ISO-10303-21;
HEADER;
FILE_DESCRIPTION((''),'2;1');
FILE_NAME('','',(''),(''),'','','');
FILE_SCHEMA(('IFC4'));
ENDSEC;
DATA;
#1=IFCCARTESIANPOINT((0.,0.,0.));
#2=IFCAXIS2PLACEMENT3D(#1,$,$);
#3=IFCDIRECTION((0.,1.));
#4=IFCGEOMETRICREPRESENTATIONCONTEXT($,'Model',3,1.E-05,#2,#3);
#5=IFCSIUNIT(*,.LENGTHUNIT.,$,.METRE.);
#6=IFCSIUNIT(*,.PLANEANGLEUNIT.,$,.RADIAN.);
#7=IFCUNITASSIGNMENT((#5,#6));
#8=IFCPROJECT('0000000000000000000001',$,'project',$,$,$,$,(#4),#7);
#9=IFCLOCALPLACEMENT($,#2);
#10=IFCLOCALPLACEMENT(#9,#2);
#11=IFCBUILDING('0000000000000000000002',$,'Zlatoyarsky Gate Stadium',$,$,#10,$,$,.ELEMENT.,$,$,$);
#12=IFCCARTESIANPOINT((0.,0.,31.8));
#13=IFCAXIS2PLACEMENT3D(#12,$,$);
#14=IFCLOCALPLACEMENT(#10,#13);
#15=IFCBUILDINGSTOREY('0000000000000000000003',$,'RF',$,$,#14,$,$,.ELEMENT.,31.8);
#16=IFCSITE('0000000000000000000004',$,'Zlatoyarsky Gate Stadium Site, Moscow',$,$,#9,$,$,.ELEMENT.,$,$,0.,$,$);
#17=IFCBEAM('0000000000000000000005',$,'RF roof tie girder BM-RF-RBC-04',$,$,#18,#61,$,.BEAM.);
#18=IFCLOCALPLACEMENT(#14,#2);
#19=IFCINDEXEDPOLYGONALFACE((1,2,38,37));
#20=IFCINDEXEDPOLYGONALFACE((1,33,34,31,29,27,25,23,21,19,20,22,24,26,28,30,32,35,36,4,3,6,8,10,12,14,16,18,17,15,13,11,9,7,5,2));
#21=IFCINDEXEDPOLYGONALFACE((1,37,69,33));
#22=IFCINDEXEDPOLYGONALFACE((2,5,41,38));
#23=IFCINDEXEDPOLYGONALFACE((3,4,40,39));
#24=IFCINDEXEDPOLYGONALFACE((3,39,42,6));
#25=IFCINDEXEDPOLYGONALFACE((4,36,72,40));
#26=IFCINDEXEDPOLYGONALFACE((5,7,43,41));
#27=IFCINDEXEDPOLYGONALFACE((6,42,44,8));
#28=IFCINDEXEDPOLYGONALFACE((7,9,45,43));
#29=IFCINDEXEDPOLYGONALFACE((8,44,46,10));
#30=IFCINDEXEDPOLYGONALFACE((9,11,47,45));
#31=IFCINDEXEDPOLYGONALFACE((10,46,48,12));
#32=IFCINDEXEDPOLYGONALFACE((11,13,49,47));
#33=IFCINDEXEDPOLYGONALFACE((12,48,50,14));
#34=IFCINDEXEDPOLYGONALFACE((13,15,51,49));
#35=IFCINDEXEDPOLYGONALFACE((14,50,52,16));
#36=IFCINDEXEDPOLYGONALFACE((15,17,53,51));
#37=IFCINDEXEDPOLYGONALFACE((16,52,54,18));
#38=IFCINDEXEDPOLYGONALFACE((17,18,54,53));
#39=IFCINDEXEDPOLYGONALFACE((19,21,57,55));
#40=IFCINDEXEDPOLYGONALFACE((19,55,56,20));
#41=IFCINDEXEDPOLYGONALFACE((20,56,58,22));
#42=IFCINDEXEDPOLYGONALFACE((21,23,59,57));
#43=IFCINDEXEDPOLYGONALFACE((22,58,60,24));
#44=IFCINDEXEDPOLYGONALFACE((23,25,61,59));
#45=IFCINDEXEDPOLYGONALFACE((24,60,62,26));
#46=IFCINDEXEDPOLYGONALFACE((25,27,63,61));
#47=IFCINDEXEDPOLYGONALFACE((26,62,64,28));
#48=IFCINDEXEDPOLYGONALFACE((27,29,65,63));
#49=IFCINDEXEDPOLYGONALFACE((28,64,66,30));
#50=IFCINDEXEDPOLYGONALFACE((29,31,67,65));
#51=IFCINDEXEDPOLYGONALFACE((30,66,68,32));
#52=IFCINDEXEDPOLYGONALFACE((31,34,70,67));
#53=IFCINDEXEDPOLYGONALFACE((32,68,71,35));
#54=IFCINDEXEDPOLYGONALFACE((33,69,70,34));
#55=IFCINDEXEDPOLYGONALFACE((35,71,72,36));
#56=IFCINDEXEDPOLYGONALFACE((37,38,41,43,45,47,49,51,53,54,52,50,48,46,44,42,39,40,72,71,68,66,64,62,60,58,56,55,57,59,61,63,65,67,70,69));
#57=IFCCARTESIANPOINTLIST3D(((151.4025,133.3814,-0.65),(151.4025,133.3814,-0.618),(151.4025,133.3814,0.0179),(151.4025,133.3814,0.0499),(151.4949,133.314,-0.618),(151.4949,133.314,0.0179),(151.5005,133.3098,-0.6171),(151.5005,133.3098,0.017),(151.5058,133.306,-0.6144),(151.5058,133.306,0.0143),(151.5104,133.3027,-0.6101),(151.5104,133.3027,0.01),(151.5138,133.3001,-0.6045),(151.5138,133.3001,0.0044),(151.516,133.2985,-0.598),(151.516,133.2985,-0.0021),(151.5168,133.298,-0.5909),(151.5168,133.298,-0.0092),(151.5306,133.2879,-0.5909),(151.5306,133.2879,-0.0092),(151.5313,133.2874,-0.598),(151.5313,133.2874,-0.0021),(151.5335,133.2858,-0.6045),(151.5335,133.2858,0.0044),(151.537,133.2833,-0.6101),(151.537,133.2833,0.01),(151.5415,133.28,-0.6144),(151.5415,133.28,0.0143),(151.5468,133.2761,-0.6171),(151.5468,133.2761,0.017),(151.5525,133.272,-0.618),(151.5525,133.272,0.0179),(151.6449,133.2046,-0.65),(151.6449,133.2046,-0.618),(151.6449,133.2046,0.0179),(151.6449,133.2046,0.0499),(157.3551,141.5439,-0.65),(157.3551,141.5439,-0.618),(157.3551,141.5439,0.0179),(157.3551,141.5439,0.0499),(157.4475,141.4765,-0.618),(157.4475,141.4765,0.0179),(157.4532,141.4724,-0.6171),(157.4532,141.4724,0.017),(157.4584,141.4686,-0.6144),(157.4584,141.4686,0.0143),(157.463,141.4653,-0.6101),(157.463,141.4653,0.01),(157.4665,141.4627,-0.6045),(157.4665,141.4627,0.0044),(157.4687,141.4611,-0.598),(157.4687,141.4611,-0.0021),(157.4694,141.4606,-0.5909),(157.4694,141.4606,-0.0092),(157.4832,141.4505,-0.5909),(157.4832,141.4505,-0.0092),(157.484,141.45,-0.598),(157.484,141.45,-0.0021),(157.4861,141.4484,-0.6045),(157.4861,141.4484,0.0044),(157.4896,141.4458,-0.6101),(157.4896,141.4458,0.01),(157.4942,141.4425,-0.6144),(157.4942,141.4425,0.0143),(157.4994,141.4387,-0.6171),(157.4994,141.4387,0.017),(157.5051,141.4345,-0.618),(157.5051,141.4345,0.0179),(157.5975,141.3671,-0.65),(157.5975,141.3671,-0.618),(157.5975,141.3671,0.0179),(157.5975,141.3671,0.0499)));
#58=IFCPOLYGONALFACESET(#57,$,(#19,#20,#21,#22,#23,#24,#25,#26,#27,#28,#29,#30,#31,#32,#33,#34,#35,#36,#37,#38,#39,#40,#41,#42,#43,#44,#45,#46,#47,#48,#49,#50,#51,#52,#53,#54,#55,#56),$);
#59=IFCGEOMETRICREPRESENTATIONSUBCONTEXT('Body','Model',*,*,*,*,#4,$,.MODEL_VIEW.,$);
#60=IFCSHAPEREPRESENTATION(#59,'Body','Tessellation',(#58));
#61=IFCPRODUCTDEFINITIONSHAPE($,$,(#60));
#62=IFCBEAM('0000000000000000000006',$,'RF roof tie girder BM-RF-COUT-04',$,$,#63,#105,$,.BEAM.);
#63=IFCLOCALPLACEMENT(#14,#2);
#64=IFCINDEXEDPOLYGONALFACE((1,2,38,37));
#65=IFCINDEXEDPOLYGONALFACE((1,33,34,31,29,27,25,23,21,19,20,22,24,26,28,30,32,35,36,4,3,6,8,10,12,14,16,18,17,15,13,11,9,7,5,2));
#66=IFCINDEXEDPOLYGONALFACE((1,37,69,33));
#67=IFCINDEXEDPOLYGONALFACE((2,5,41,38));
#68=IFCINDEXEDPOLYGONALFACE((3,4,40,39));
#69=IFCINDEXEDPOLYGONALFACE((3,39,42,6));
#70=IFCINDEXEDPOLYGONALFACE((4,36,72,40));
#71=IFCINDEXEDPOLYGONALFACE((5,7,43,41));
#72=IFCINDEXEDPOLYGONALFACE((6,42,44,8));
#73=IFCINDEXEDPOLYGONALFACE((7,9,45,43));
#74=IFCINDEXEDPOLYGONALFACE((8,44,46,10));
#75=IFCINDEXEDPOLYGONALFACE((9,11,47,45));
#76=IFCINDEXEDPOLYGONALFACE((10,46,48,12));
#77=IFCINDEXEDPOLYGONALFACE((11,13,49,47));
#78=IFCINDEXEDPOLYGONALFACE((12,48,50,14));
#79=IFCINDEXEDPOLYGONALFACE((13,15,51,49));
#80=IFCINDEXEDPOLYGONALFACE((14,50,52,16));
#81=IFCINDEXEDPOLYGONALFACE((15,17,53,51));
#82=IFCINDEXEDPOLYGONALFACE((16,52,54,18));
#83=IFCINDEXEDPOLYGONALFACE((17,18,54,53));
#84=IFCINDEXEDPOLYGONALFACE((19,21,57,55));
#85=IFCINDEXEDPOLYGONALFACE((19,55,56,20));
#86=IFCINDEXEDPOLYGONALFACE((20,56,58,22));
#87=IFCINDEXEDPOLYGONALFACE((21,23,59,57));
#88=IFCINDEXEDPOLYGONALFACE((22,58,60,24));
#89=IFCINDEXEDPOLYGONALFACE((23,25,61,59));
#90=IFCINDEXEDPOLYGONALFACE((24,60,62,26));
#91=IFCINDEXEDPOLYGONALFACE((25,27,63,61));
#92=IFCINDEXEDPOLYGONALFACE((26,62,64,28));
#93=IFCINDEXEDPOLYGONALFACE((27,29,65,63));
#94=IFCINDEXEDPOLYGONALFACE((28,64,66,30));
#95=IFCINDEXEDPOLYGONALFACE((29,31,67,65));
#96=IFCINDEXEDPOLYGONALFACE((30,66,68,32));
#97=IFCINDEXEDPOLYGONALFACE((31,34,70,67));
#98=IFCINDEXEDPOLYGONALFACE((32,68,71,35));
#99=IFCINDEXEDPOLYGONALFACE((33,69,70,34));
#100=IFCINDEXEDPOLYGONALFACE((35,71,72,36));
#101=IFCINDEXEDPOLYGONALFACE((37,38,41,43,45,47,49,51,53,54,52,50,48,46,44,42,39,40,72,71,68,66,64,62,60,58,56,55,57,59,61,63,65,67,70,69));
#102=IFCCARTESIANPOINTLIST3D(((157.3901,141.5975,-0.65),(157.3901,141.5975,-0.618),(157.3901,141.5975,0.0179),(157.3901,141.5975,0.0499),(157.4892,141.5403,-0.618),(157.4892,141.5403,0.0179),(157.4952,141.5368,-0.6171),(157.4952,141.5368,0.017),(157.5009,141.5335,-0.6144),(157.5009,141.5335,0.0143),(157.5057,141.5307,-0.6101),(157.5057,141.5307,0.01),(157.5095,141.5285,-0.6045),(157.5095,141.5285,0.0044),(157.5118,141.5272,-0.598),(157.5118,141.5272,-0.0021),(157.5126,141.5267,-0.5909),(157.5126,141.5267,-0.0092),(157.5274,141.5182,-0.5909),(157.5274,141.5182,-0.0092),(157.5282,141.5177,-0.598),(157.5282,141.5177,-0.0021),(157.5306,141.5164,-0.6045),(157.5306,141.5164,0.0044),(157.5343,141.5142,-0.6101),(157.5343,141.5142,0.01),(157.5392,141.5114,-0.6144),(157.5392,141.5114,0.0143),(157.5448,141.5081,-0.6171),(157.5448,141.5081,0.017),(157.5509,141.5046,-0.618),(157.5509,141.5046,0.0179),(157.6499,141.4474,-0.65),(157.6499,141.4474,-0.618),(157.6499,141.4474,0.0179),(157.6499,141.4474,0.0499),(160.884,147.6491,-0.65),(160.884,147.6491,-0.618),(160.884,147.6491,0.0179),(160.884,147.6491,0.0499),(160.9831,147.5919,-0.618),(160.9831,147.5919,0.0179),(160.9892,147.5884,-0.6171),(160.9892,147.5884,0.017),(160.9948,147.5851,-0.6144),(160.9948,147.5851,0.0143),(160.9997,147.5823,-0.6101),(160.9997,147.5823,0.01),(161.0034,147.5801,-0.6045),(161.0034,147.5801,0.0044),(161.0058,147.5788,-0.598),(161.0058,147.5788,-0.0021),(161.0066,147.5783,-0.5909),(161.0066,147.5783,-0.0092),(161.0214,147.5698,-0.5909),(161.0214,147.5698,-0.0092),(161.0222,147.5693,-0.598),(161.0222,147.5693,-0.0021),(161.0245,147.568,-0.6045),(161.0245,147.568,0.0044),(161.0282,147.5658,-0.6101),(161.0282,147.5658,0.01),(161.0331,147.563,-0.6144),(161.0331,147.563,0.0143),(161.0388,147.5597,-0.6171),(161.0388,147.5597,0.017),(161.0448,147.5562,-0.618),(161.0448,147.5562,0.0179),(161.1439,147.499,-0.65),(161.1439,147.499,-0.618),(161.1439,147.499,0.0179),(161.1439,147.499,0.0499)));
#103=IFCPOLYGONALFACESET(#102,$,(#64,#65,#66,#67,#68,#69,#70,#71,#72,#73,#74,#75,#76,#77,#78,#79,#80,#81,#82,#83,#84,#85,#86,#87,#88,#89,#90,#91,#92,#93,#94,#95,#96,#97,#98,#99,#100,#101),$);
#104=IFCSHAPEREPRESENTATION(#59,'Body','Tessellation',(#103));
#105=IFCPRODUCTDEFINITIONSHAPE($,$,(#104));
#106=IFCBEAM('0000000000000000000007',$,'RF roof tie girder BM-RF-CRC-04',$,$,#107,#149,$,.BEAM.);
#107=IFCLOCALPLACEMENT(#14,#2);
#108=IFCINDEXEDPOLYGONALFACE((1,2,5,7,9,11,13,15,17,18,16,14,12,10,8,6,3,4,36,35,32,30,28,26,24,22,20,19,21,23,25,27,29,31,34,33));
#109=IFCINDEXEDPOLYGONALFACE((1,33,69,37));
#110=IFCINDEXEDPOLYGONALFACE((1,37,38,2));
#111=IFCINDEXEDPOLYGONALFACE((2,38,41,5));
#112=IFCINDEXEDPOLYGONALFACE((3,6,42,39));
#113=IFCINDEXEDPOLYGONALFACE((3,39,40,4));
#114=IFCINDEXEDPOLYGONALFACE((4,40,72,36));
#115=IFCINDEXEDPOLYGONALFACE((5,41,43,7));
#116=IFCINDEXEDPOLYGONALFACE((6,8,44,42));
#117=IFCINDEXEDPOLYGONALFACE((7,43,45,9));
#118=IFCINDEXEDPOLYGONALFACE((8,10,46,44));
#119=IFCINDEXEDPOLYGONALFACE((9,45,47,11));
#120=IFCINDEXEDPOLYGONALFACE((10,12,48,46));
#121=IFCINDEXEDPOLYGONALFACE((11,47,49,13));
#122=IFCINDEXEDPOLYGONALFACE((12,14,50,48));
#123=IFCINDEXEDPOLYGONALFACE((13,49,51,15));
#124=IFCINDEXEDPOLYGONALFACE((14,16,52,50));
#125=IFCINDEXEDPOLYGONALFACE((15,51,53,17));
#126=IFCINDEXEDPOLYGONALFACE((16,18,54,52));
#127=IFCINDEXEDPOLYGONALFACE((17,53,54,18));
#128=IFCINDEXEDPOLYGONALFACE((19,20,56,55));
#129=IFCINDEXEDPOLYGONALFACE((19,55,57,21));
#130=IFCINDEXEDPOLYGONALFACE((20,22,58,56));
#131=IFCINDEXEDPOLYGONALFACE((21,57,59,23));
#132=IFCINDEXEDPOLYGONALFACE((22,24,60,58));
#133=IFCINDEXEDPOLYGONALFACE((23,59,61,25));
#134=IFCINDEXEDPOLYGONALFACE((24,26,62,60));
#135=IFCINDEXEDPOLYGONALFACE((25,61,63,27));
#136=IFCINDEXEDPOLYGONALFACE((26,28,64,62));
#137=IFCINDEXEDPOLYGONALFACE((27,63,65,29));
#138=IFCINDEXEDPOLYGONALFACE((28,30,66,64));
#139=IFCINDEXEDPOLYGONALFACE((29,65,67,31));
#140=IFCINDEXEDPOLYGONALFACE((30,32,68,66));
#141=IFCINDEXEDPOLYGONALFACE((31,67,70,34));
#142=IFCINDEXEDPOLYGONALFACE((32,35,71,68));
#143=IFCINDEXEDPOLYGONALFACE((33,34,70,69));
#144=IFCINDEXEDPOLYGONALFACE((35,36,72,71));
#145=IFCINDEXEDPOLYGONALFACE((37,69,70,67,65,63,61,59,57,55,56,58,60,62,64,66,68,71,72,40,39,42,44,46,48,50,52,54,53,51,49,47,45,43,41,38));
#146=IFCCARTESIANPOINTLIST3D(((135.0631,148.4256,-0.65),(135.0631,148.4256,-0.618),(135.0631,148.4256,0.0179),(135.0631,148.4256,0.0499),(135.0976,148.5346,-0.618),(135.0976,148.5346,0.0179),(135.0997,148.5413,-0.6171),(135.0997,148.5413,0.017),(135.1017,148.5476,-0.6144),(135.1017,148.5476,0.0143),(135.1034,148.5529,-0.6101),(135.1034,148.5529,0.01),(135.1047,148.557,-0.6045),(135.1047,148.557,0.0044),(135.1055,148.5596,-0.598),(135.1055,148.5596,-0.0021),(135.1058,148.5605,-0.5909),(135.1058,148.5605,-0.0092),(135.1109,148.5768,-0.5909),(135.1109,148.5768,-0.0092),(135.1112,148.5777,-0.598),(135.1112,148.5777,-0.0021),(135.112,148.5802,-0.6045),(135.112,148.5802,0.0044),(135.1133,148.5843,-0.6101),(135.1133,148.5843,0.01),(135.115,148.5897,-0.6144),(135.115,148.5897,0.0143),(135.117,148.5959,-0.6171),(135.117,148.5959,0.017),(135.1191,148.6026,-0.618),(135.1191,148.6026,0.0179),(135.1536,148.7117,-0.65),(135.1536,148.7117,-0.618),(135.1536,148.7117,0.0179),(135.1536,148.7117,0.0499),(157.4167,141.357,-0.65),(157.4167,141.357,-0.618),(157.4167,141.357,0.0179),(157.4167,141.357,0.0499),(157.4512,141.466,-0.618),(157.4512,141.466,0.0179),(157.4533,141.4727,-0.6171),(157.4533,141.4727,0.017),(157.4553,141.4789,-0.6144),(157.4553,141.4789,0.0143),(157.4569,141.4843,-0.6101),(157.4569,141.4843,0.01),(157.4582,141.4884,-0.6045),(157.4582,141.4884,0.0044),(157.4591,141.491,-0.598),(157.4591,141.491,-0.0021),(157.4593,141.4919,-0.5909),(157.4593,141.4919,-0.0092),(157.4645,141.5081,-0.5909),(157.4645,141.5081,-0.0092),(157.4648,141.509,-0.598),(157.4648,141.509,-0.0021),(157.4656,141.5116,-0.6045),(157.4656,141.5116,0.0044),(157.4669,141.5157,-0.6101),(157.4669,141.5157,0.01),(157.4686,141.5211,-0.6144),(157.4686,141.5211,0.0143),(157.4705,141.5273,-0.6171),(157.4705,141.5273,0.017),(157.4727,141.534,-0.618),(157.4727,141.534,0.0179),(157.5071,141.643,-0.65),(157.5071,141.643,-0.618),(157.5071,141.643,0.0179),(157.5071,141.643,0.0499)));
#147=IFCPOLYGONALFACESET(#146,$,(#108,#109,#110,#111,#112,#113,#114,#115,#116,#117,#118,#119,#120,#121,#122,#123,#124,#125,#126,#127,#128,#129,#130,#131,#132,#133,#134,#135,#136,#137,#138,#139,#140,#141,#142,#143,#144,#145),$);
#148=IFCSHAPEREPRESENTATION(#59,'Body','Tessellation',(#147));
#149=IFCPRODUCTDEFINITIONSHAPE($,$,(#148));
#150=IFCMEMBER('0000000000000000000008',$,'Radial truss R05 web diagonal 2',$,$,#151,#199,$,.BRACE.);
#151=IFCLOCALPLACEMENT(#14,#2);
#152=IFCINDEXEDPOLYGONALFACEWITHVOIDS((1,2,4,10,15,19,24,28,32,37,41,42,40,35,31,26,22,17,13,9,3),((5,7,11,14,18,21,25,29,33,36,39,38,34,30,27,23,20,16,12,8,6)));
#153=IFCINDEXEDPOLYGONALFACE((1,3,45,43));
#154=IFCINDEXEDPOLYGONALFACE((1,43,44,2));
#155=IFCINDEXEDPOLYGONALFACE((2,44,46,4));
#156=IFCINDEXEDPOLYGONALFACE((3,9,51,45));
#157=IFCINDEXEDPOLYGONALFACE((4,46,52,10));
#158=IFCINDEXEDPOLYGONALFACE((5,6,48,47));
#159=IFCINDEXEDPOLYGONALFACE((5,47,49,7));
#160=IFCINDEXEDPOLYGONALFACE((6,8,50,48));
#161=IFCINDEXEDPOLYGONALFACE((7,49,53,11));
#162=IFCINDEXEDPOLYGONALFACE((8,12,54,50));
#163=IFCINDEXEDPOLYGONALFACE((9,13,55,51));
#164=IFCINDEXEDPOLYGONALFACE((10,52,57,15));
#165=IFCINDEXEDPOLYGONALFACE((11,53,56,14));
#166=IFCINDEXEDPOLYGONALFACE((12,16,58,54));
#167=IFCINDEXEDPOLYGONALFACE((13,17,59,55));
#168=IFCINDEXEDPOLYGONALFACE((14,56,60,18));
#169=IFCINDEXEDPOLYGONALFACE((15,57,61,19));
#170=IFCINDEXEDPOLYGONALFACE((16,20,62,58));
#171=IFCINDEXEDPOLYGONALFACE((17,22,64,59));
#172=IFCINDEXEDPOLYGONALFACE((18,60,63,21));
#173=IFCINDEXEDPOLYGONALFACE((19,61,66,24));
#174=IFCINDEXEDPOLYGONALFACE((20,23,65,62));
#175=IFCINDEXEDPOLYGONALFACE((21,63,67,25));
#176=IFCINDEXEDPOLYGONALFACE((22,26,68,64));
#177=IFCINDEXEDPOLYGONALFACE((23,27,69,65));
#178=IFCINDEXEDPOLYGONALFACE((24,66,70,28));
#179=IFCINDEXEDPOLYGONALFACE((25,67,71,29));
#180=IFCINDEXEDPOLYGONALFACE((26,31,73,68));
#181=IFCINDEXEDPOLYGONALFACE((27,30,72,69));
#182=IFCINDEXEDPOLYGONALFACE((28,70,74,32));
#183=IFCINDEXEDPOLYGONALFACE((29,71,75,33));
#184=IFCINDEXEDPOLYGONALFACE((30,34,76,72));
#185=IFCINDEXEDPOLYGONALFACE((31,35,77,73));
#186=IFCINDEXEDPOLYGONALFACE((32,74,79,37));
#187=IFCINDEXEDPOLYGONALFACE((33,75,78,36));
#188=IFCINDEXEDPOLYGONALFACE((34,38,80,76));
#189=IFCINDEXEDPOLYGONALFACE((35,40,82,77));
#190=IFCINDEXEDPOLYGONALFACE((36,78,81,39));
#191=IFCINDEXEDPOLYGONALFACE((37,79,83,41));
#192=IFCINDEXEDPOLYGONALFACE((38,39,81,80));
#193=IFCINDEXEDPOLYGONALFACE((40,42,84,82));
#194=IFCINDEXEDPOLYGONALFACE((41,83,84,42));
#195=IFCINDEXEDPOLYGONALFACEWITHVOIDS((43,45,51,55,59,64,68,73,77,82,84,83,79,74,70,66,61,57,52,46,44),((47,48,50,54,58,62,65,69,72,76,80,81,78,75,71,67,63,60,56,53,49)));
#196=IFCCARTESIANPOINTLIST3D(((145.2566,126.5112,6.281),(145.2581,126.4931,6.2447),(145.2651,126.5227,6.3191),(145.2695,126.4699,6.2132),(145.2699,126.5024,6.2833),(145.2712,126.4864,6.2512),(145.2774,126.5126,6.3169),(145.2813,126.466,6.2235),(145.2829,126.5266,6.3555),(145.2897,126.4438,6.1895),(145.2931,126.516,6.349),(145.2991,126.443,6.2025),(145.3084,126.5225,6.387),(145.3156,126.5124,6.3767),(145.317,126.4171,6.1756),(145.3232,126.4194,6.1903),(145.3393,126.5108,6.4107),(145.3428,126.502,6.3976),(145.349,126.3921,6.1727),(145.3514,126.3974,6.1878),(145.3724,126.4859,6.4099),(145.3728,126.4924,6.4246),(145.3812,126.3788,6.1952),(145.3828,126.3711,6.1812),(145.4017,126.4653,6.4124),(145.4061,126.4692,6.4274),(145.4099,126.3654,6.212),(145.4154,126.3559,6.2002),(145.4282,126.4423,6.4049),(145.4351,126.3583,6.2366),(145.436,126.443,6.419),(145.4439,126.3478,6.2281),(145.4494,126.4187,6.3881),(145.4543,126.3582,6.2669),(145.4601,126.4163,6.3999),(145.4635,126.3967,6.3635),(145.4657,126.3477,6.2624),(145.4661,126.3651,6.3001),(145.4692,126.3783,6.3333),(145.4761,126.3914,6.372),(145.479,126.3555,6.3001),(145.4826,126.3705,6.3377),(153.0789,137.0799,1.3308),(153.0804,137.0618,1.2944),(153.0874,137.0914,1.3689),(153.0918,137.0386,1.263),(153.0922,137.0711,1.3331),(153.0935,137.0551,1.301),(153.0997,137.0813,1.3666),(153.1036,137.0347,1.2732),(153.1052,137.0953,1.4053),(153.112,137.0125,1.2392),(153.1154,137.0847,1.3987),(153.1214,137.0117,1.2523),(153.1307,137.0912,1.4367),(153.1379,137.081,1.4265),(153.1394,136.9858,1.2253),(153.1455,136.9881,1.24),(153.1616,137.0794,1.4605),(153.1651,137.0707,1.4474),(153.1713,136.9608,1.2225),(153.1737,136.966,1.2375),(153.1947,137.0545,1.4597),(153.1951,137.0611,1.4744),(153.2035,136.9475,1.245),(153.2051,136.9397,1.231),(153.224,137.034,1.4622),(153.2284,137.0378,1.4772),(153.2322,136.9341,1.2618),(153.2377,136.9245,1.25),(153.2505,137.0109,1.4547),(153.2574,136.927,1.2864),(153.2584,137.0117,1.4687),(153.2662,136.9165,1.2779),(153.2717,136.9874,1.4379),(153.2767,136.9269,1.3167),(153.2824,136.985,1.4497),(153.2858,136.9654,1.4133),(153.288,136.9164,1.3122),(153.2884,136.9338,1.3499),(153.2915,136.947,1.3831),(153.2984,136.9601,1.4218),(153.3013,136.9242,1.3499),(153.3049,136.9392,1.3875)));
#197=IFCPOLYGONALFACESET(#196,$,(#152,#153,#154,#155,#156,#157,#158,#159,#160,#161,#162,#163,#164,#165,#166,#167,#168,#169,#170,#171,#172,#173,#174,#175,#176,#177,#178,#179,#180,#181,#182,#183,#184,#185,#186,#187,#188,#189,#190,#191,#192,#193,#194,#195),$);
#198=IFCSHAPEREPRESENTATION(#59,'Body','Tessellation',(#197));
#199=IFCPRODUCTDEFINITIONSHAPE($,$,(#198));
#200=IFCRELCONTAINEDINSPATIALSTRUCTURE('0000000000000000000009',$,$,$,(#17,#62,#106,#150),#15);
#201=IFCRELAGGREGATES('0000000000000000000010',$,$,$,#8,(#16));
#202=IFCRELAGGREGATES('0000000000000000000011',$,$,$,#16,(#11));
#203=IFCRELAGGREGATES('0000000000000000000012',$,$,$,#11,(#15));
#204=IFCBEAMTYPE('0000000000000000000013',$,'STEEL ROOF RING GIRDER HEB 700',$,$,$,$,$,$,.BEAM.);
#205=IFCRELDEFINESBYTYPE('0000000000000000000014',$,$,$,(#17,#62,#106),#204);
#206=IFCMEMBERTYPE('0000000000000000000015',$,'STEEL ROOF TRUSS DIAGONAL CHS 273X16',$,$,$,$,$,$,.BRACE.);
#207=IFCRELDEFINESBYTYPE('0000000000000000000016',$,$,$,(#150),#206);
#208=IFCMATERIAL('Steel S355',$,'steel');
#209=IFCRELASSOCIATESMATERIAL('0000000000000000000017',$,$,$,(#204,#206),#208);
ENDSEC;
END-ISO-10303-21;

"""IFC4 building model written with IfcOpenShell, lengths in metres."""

from ifc_helpers import new_model, si_unit, direction, frame, origin, origin_2d, place, context, subcontext, project, spatial, hollow_circle, i_section, extrude, material, material_profile, profile_set, type_object, element, save


model = new_model("IFC4")

# Units and contexts
model_context = context("Model", 3, precision=1e-05, world=origin(), true_north=direction((0.0, 1.0)))
body_context = subcontext(model_context, "Body", "Model", "MODEL_VIEW")
ifc_project = project(units=[si_unit("LENGTHUNIT", "METRE"), si_unit("PLANEANGLEUNIT", "RADIAN")], contexts=[model_context])

# Site, building, storey
site_placement = place(None, origin())
site = spatial("IfcSite", under=ifc_project, at=site_placement, Name="Zlatoyarsky Gate Stadium Site, Moscow", CompositionType="ELEMENT", RefElevation=0.0)
building_placement = place(site_placement, origin())
building = spatial("IfcBuilding", under=site, at=building_placement, Name="Zlatoyarsky Gate Stadium", CompositionType="ELEMENT")
storey_placement = place(building_placement, frame((0.0, 0.0, 31.8)))
storey = spatial("IfcBuildingStorey", under=building, at=storey_placement, Name="RF", CompositionType="ELEMENT", Elevation=31.8)

# Shared definitions
ifc_material_1 = material(Name="Steel S355", Category="steel")

# Beams
ifc_material_profile_1 = material_profile(ifc_material_1, i_section(OverallWidth=0.3, OverallDepth=0.7, WebThickness=0.0171, FlangeThickness=0.032, FilletRadius=0.0271, at=origin_2d()), Name="HEB 700")
ifc_profile_set_1 = profile_set([ifc_material_profile_1], Name="Steel S355")
beam_type_1 = type_object("IfcBeamType", Name="STEEL ROOF RING GIRDER HEB 700", PredefinedType="BEAM", material=ifc_profile_set_1)
beam_1_placement = place(storey_placement, frame((151.5237, 133.293, -0.3), z_axis=(0.58922, 0.807973, 0.0), x_axis=(-0.807973, 0.58922, 0.0)))
element("IfcBeam", 1, at=beam_1_placement, inside=storey, type_object=beam_type_1, Name="RF roof tie girder BM-RF-RBC-04", PredefinedType="BEAM", context=body_context, shape_type="SweptSolid", body=[
    extrude(i_section(OverallWidth=0.3, OverallDepth=0.7, WebThickness=0.0171, FlangeThickness=0.032, FilletRadius=0.0271, at=origin_2d()), origin(), (0.0, 0.0, 1.0), 10.1025),
])
beam_2_placement = place(storey_placement, frame((157.52, 141.5225, -0.3), z_axis=(0.500006, 0.866022, 0.0), x_axis=(-0.866022, 0.500006, 0.0)))
element("IfcBeam", 2, at=beam_2_placement, inside=storey, type_object=beam_type_1, Name="RF roof tie girder BM-RF-COUT-04", PredefinedType="BEAM", context=body_context, shape_type="SweptSolid", body=[
    extrude(i_section(OverallWidth=0.3, OverallDepth=0.7, WebThickness=0.0171, FlangeThickness=0.032, FilletRadius=0.0271, at=origin_2d()), origin(), (0.0, 0.0, 1.0), 6.9878),
])
beam_3_placement = place(storey_placement, frame((157.4619, 141.5, -0.3), z_axis=(-0.953465, 0.301504, 0.0), x_axis=(-0.301504, -0.953465, 0.0)))
element("IfcBeam", 3, at=beam_3_placement, inside=storey, type_object=beam_type_1, Name="RF roof tie girder BM-RF-CRC-04", PredefinedType="BEAM", context=body_context, shape_type="SweptSolid", body=[
    extrude(i_section(OverallWidth=0.3, OverallDepth=0.7, WebThickness=0.0171, FlangeThickness=0.032, FilletRadius=0.0271, at=origin_2d()), origin(), (0.0, 0.0, 1.0), 23.4446),
])

# Member
ifc_material_profile_2 = material_profile(ifc_material_1, hollow_circle(Radius=0.1365, WallThickness=0.0161, at=origin_2d()), Name="CHS 273X16")
ifc_profile_set_2 = profile_set([ifc_material_profile_2], Name="Steel S355")
member_type_1 = type_object("IfcMemberType", Name="STEEL ROOF TRUSS DIAGONAL CHS 273X16", PredefinedType="BRACE", material=ifc_profile_set_2)
member_1_placement = place(storey_placement, frame((153.1917, 137.0054, 1.3499), z_axis=(-0.556766, -0.752242, 0.35234), x_axis=(0.803787, -0.594917, 0.0)))
element("IfcMember", 4, at=member_1_placement, inside=storey, type_object=member_type_1, Name="Radial truss R05 web diagonal 2", PredefinedType="BRACE", context=body_context, shape_type="SweptSolid", body=[
    extrude(hollow_circle(Radius=0.1365, WallThickness=0.0161, at=origin_2d()), origin(), (0.0, 0.0, 1.0), 14.0496),
])

save(model, "model.ifc")
